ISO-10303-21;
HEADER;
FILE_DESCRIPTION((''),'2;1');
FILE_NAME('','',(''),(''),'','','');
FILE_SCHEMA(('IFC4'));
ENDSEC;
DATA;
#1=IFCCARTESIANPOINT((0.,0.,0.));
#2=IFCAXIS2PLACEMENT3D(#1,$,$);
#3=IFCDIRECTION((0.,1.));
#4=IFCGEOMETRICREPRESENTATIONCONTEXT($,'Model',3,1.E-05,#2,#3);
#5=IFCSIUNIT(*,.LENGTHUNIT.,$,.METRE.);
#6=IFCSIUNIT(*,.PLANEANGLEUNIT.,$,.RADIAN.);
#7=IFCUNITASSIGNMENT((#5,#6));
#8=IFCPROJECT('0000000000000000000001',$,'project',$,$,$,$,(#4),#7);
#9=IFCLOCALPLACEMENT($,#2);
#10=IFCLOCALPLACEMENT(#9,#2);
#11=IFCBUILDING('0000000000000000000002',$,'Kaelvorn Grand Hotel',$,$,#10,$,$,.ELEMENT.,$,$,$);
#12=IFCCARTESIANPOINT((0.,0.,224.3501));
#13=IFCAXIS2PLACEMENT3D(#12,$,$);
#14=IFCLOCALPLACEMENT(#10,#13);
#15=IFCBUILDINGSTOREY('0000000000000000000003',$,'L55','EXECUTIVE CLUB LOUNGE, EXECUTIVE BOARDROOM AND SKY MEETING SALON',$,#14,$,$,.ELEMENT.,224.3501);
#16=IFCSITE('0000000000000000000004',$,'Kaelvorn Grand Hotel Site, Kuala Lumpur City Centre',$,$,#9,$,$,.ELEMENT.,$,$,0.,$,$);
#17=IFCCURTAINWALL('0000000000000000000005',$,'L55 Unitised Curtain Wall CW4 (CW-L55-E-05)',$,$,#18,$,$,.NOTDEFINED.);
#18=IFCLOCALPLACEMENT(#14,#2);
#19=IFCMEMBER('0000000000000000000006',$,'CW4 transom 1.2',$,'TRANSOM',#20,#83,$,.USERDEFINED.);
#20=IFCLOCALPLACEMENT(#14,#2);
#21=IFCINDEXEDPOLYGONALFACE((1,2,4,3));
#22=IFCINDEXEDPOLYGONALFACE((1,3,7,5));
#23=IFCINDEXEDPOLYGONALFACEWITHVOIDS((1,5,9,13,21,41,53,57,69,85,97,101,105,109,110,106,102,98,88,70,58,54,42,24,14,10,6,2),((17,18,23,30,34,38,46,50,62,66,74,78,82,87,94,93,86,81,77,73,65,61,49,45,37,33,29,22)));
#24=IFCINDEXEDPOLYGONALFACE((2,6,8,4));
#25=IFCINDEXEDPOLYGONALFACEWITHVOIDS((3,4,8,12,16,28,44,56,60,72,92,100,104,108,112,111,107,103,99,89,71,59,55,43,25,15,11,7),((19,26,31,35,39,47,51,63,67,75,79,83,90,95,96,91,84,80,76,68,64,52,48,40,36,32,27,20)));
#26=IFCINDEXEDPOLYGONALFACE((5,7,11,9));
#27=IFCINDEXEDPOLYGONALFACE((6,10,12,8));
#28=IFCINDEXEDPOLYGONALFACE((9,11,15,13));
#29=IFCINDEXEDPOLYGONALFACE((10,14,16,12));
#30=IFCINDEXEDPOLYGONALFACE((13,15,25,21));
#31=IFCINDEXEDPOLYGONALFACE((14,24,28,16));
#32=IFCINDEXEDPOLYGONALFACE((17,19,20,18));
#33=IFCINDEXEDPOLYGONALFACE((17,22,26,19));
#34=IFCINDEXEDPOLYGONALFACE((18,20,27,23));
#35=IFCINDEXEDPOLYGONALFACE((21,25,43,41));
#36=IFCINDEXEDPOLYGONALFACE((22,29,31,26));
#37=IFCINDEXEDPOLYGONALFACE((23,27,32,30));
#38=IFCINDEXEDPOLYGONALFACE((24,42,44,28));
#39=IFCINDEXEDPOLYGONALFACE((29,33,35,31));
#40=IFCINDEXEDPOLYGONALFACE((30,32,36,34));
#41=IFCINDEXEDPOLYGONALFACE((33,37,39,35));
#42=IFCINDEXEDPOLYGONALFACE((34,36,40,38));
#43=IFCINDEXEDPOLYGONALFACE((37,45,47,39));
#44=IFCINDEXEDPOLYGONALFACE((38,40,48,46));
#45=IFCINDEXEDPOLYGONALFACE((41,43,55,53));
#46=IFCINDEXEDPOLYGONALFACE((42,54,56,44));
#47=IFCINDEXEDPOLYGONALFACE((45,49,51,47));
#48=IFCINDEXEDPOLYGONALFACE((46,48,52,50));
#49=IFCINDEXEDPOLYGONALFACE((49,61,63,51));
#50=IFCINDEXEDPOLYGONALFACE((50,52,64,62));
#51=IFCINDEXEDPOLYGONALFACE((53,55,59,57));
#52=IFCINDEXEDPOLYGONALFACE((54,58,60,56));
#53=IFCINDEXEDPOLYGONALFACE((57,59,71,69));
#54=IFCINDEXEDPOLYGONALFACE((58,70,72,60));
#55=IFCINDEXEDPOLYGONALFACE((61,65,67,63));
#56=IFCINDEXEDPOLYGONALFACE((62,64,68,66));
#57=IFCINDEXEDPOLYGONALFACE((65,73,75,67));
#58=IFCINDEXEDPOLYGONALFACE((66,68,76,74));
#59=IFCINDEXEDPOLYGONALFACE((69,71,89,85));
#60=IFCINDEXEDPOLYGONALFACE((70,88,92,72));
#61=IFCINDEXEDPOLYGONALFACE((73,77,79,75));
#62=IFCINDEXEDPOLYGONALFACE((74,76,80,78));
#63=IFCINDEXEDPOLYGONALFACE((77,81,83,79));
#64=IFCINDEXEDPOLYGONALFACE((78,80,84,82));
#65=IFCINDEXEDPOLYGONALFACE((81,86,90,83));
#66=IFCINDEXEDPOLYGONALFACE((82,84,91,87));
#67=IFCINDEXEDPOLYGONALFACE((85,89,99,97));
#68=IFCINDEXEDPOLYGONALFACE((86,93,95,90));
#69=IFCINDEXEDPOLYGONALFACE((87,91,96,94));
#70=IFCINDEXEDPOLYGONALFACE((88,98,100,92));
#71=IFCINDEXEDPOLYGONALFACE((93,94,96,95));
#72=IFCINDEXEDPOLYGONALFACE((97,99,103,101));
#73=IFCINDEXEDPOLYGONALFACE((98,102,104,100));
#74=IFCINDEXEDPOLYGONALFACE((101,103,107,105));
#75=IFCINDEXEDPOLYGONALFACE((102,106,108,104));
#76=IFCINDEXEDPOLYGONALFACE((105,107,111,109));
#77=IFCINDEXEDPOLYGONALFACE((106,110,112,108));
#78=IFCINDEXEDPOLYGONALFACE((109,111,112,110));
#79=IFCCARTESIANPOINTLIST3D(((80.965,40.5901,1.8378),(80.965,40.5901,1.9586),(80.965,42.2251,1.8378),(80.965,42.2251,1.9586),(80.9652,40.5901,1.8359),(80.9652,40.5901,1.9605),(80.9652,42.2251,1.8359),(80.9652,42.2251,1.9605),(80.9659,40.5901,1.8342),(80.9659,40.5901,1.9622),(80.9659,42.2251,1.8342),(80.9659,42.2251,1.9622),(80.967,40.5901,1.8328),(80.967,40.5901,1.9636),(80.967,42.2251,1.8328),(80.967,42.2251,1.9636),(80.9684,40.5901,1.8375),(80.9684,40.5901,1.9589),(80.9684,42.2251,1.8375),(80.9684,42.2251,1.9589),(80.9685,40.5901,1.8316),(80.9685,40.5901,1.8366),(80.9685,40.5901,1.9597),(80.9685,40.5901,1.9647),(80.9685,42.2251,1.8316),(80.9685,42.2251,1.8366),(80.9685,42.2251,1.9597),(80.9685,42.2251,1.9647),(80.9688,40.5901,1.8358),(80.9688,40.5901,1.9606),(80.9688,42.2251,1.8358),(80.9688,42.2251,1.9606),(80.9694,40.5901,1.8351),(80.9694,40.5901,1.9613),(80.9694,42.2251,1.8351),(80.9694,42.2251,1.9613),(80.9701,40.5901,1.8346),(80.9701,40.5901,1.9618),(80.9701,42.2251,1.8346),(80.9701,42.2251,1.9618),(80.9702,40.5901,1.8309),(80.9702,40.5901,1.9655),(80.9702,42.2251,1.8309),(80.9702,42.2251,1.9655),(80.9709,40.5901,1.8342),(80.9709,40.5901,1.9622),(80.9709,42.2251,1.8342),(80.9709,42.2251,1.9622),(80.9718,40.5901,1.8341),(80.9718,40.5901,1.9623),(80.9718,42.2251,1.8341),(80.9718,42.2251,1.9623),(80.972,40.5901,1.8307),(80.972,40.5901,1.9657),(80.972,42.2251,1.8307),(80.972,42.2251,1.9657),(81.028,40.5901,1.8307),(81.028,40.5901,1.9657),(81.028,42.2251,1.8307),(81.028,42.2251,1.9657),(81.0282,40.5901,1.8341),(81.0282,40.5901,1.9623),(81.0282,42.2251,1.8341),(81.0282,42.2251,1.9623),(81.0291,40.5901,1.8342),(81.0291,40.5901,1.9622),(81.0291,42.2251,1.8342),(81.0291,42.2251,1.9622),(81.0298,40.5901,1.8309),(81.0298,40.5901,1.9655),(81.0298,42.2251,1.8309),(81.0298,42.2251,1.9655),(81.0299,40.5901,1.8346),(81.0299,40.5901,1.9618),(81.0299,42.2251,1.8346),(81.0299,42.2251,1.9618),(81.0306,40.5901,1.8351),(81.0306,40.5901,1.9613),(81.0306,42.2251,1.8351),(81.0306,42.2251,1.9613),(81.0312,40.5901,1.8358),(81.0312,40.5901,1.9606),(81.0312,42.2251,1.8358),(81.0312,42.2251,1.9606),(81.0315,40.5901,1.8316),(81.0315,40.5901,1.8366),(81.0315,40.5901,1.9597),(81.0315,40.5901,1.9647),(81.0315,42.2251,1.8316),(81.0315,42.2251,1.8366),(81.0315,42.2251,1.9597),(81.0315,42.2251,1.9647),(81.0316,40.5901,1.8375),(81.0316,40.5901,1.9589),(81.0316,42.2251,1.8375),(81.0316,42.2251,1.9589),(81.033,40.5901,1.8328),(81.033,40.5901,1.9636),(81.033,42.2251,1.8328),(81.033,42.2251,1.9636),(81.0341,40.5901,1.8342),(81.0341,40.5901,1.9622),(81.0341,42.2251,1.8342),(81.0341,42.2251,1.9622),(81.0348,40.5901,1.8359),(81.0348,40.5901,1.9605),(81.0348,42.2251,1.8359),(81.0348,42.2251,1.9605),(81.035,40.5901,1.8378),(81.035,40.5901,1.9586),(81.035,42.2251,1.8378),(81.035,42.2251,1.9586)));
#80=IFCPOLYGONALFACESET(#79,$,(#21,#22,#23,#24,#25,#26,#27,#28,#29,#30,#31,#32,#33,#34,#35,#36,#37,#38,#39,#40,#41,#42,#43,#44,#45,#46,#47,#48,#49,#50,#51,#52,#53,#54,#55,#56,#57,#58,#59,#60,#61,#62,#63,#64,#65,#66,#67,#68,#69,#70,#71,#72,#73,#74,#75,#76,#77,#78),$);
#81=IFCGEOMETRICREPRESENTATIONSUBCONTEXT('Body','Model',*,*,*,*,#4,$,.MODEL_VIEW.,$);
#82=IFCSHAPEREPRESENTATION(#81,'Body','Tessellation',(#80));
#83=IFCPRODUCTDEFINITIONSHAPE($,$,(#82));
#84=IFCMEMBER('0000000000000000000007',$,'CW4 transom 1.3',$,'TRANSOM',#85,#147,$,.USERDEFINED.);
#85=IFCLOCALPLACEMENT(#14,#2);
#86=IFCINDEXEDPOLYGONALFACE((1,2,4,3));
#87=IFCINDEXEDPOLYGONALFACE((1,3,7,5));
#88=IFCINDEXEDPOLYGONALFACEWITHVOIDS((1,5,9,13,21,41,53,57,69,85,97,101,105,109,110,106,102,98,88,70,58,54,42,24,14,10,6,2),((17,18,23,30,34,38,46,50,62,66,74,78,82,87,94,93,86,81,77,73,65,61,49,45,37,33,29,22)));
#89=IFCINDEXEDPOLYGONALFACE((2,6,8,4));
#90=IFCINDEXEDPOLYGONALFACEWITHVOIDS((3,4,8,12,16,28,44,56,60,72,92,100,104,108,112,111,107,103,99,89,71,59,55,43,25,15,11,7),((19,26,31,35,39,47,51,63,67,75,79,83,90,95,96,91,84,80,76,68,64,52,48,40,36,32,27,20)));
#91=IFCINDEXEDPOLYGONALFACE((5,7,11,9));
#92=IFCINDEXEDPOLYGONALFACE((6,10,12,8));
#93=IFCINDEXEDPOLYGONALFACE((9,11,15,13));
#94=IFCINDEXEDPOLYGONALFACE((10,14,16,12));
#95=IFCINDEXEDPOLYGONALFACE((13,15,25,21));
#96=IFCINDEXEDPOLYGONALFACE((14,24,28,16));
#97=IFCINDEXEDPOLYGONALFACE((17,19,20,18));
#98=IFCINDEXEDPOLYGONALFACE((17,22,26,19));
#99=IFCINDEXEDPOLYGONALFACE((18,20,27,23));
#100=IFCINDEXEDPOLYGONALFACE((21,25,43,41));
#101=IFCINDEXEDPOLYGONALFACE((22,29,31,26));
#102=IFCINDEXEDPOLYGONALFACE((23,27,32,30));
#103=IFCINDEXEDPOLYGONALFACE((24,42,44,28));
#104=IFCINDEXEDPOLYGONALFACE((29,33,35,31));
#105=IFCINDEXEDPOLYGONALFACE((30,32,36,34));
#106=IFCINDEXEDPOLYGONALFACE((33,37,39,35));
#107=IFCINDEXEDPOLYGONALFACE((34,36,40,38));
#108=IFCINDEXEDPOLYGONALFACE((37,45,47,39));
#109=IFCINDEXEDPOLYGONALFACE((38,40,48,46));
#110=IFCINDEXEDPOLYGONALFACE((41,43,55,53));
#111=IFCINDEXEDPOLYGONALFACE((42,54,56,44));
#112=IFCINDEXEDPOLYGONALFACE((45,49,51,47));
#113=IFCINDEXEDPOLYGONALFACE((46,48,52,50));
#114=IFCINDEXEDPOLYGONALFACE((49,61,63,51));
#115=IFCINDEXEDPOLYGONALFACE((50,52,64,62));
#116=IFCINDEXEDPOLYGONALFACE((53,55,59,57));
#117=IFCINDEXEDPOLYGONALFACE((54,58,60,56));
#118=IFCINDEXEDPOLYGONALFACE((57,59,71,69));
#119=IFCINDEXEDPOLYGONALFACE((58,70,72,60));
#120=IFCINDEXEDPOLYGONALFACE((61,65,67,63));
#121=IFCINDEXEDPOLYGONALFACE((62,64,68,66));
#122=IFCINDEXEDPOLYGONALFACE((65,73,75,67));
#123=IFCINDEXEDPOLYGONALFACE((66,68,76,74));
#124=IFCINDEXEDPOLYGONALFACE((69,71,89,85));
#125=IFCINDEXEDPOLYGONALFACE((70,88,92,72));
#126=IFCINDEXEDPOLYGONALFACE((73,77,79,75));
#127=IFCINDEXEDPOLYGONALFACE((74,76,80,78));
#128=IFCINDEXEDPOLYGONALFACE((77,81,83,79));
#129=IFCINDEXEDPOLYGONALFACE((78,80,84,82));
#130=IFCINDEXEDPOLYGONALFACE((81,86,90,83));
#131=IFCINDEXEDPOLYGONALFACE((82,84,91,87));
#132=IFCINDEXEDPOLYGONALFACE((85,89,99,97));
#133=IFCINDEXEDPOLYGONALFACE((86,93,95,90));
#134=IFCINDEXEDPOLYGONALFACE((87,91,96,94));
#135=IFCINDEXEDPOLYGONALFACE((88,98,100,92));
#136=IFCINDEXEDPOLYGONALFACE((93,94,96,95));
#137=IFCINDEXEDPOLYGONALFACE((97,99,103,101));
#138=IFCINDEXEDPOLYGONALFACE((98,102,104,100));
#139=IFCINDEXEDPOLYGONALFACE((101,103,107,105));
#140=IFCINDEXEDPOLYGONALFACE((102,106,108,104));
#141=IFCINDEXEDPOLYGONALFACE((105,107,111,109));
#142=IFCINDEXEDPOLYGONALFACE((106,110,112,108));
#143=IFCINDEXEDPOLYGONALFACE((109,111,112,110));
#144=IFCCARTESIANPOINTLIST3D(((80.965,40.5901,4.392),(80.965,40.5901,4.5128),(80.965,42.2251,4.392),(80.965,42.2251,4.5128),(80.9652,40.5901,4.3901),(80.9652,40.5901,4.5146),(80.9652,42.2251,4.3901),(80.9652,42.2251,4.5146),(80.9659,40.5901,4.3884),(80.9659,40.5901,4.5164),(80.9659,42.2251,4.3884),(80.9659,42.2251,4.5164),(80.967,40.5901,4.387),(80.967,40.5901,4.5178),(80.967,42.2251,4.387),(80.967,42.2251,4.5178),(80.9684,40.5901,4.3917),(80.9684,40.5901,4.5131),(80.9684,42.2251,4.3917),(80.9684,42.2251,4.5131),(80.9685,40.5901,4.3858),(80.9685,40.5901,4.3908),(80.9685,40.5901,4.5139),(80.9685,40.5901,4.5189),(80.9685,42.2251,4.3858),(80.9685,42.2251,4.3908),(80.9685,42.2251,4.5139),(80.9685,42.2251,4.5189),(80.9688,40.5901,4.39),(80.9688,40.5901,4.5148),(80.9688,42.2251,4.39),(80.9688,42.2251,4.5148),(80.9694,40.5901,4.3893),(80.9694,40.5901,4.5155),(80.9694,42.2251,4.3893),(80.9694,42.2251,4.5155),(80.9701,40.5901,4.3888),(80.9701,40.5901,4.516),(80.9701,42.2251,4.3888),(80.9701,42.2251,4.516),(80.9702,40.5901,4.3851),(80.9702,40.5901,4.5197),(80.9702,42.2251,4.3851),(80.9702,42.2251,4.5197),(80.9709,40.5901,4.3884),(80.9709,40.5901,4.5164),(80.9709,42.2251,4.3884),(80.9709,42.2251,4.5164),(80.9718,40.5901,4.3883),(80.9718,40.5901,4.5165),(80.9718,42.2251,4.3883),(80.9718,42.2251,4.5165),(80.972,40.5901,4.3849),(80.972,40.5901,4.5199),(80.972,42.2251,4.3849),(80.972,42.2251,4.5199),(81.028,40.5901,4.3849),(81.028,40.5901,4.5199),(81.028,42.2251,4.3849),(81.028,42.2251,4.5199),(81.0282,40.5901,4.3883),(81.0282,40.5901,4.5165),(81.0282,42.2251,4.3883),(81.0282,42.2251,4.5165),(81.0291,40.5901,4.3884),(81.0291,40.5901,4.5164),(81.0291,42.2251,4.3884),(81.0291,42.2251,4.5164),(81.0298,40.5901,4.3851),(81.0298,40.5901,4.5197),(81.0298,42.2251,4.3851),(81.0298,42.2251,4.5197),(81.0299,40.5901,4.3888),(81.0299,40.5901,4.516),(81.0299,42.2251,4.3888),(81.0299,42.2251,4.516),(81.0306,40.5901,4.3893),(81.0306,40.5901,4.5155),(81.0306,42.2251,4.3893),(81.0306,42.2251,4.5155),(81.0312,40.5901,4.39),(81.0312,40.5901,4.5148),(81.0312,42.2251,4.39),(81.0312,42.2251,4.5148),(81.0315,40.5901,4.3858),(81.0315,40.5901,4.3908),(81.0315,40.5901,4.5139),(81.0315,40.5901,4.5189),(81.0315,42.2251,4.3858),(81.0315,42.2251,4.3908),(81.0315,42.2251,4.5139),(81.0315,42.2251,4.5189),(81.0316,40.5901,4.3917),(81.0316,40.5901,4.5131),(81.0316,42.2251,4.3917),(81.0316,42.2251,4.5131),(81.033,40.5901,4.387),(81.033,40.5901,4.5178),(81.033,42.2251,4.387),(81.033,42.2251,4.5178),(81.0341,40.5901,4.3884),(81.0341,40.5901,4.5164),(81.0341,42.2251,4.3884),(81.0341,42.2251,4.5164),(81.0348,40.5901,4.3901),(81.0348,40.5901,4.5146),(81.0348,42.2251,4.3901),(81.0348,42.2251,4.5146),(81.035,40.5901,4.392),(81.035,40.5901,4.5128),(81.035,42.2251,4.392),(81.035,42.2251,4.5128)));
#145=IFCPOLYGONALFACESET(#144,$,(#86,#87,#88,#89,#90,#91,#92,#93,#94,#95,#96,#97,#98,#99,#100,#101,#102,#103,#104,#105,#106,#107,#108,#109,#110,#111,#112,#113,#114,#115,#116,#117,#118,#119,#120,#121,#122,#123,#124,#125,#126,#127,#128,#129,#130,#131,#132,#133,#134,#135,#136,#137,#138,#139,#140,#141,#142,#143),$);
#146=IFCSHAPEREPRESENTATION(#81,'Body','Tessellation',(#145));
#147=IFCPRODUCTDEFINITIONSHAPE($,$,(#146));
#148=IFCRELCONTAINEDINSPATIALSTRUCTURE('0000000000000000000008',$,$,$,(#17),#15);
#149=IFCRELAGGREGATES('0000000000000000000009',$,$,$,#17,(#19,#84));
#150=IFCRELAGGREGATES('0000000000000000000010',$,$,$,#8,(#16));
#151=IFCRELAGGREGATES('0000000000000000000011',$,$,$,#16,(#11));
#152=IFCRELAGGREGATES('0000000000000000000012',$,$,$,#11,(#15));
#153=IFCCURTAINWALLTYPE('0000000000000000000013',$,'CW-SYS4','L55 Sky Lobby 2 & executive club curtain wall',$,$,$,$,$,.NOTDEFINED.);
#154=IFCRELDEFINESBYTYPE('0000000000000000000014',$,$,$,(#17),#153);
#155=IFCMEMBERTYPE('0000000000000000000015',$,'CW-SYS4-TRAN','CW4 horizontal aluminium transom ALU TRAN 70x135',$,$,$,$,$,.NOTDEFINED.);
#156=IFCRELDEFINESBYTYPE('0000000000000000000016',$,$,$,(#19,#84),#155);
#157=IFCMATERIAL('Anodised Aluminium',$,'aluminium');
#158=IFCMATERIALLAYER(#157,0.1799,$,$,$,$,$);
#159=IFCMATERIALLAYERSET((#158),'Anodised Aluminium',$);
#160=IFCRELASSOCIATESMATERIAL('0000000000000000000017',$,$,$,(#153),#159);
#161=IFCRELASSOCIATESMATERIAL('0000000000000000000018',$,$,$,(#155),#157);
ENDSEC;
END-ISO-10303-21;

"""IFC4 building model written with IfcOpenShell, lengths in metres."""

from ifc_helpers import new_model, si_unit, direction, frame, origin, origin_2d, place, context, subcontext, project, spatial, hollow_rectangle, extrude, material, layer, layer_set, material_profile, profile_set, type_object, element, aggregate, save


model = new_model("IFC4")

# Units and contexts
model_context = context("Model", 3, precision=1e-05, world=origin(), true_north=direction((0.0, 1.0)))
body_context = subcontext(model_context, "Body", "Model", "MODEL_VIEW")
ifc_project = project(units=[si_unit("LENGTHUNIT", "METRE"), si_unit("PLANEANGLEUNIT", "RADIAN")], contexts=[model_context])

# Site, building, storey
site_placement = place(None, origin())
site = spatial("IfcSite", under=ifc_project, at=site_placement, Name="Kaelvorn Grand Hotel Site, Kuala Lumpur City Centre", CompositionType="ELEMENT", RefElevation=0.0)
building_placement = place(site_placement, origin())
building = spatial("IfcBuilding", under=site, at=building_placement, Name="Kaelvorn Grand Hotel", CompositionType="ELEMENT")
storey_placement = place(building_placement, frame((0.0, 0.0, 224.3501)))
storey = spatial("IfcBuildingStorey", under=building, at=storey_placement, Name="L55", Description="EXECUTIVE CLUB LOUNGE, EXECUTIVE BOARDROOM AND SKY MEETING SALON", CompositionType="ELEMENT", Elevation=224.3501)

# Shared definitions
ifc_material_1 = material(Name="Anodised Aluminium", Category="aluminium")
ifc_layer_1 = layer(ifc_material_1, 0.1799)
ifc_layer_set_1 = layer_set([ifc_layer_1], Name="Anodised Aluminium")
curtain_wall_type = type_object("IfcCurtainWallType", Name="CW-SYS4", Description="L55 Sky Lobby 2 & executive club curtain wall", PredefinedType="NOTDEFINED", material=ifc_layer_set_1)

# Curtain wall, members
curtain_wall_1_placement = place(storey_placement, origin())
curtain_wall_1 = element("IfcCurtainWall", 1, at=curtain_wall_1_placement, inside=storey, type_object=curtain_wall_type, Name="L55 Unitised Curtain Wall CW4 (CW-L55-E-05)", PredefinedType="NOTDEFINED")
ifc_material_profile_1 = material_profile(ifc_material_1, hollow_rectangle(XDim=0.0701, YDim=0.135, WallThickness=0.0034, InnerFilletRadius=0.0034, OuterFilletRadius=0.0071, at=origin_2d()), Name="ALU TRAN 70x135")
ifc_profile_set_1 = profile_set([ifc_material_profile_1], Name="Anodised Aluminium")
member_type_1 = type_object("IfcMemberType", Name="CW-SYS4-TRAN", Description="CW4 horizontal aluminium transom ALU TRAN 70x135", PredefinedType="NOTDEFINED", material=ifc_profile_set_1)
member_1_placement = place(storey_placement, frame((81.0, 40.5901, 1.8982), z_axis=(0.0, 1.0, 0.0), x_axis=(-1.0, 0.0, 0.0)))
member_1 = element("IfcMember", 2, at=member_1_placement, type_object=member_type_1, Name="CW4 transom 1.2", ObjectType="TRANSOM", PredefinedType="USERDEFINED", context=body_context, shape_type="SweptSolid", body=[
    extrude(hollow_rectangle(XDim=0.0701, YDim=0.135, WallThickness=0.0034, InnerFilletRadius=0.0034, OuterFilletRadius=0.0071, at=origin_2d()), origin(), (0.0, 0.0, 1.0), 1.635),
])
member_2_placement = place(storey_placement, frame((81.0, 40.5901, 4.4524), z_axis=(0.0, 1.0, 0.0), x_axis=(-1.0, 0.0, 0.0)))
member_2 = element("IfcMember", 3, at=member_2_placement, type_object=member_type_1, Name="CW4 transom 1.3", ObjectType="TRANSOM", PredefinedType="USERDEFINED", context=body_context, shape_type="SweptSolid", body=[
    extrude(hollow_rectangle(XDim=0.0701, YDim=0.135, WallThickness=0.0034, InnerFilletRadius=0.0034, OuterFilletRadius=0.0071, at=origin_2d()), origin(), (0.0, 0.0, 1.0), 1.635),
])
aggregate(curtain_wall_1, [member_1, member_2])

save(model, "model.ifc")
